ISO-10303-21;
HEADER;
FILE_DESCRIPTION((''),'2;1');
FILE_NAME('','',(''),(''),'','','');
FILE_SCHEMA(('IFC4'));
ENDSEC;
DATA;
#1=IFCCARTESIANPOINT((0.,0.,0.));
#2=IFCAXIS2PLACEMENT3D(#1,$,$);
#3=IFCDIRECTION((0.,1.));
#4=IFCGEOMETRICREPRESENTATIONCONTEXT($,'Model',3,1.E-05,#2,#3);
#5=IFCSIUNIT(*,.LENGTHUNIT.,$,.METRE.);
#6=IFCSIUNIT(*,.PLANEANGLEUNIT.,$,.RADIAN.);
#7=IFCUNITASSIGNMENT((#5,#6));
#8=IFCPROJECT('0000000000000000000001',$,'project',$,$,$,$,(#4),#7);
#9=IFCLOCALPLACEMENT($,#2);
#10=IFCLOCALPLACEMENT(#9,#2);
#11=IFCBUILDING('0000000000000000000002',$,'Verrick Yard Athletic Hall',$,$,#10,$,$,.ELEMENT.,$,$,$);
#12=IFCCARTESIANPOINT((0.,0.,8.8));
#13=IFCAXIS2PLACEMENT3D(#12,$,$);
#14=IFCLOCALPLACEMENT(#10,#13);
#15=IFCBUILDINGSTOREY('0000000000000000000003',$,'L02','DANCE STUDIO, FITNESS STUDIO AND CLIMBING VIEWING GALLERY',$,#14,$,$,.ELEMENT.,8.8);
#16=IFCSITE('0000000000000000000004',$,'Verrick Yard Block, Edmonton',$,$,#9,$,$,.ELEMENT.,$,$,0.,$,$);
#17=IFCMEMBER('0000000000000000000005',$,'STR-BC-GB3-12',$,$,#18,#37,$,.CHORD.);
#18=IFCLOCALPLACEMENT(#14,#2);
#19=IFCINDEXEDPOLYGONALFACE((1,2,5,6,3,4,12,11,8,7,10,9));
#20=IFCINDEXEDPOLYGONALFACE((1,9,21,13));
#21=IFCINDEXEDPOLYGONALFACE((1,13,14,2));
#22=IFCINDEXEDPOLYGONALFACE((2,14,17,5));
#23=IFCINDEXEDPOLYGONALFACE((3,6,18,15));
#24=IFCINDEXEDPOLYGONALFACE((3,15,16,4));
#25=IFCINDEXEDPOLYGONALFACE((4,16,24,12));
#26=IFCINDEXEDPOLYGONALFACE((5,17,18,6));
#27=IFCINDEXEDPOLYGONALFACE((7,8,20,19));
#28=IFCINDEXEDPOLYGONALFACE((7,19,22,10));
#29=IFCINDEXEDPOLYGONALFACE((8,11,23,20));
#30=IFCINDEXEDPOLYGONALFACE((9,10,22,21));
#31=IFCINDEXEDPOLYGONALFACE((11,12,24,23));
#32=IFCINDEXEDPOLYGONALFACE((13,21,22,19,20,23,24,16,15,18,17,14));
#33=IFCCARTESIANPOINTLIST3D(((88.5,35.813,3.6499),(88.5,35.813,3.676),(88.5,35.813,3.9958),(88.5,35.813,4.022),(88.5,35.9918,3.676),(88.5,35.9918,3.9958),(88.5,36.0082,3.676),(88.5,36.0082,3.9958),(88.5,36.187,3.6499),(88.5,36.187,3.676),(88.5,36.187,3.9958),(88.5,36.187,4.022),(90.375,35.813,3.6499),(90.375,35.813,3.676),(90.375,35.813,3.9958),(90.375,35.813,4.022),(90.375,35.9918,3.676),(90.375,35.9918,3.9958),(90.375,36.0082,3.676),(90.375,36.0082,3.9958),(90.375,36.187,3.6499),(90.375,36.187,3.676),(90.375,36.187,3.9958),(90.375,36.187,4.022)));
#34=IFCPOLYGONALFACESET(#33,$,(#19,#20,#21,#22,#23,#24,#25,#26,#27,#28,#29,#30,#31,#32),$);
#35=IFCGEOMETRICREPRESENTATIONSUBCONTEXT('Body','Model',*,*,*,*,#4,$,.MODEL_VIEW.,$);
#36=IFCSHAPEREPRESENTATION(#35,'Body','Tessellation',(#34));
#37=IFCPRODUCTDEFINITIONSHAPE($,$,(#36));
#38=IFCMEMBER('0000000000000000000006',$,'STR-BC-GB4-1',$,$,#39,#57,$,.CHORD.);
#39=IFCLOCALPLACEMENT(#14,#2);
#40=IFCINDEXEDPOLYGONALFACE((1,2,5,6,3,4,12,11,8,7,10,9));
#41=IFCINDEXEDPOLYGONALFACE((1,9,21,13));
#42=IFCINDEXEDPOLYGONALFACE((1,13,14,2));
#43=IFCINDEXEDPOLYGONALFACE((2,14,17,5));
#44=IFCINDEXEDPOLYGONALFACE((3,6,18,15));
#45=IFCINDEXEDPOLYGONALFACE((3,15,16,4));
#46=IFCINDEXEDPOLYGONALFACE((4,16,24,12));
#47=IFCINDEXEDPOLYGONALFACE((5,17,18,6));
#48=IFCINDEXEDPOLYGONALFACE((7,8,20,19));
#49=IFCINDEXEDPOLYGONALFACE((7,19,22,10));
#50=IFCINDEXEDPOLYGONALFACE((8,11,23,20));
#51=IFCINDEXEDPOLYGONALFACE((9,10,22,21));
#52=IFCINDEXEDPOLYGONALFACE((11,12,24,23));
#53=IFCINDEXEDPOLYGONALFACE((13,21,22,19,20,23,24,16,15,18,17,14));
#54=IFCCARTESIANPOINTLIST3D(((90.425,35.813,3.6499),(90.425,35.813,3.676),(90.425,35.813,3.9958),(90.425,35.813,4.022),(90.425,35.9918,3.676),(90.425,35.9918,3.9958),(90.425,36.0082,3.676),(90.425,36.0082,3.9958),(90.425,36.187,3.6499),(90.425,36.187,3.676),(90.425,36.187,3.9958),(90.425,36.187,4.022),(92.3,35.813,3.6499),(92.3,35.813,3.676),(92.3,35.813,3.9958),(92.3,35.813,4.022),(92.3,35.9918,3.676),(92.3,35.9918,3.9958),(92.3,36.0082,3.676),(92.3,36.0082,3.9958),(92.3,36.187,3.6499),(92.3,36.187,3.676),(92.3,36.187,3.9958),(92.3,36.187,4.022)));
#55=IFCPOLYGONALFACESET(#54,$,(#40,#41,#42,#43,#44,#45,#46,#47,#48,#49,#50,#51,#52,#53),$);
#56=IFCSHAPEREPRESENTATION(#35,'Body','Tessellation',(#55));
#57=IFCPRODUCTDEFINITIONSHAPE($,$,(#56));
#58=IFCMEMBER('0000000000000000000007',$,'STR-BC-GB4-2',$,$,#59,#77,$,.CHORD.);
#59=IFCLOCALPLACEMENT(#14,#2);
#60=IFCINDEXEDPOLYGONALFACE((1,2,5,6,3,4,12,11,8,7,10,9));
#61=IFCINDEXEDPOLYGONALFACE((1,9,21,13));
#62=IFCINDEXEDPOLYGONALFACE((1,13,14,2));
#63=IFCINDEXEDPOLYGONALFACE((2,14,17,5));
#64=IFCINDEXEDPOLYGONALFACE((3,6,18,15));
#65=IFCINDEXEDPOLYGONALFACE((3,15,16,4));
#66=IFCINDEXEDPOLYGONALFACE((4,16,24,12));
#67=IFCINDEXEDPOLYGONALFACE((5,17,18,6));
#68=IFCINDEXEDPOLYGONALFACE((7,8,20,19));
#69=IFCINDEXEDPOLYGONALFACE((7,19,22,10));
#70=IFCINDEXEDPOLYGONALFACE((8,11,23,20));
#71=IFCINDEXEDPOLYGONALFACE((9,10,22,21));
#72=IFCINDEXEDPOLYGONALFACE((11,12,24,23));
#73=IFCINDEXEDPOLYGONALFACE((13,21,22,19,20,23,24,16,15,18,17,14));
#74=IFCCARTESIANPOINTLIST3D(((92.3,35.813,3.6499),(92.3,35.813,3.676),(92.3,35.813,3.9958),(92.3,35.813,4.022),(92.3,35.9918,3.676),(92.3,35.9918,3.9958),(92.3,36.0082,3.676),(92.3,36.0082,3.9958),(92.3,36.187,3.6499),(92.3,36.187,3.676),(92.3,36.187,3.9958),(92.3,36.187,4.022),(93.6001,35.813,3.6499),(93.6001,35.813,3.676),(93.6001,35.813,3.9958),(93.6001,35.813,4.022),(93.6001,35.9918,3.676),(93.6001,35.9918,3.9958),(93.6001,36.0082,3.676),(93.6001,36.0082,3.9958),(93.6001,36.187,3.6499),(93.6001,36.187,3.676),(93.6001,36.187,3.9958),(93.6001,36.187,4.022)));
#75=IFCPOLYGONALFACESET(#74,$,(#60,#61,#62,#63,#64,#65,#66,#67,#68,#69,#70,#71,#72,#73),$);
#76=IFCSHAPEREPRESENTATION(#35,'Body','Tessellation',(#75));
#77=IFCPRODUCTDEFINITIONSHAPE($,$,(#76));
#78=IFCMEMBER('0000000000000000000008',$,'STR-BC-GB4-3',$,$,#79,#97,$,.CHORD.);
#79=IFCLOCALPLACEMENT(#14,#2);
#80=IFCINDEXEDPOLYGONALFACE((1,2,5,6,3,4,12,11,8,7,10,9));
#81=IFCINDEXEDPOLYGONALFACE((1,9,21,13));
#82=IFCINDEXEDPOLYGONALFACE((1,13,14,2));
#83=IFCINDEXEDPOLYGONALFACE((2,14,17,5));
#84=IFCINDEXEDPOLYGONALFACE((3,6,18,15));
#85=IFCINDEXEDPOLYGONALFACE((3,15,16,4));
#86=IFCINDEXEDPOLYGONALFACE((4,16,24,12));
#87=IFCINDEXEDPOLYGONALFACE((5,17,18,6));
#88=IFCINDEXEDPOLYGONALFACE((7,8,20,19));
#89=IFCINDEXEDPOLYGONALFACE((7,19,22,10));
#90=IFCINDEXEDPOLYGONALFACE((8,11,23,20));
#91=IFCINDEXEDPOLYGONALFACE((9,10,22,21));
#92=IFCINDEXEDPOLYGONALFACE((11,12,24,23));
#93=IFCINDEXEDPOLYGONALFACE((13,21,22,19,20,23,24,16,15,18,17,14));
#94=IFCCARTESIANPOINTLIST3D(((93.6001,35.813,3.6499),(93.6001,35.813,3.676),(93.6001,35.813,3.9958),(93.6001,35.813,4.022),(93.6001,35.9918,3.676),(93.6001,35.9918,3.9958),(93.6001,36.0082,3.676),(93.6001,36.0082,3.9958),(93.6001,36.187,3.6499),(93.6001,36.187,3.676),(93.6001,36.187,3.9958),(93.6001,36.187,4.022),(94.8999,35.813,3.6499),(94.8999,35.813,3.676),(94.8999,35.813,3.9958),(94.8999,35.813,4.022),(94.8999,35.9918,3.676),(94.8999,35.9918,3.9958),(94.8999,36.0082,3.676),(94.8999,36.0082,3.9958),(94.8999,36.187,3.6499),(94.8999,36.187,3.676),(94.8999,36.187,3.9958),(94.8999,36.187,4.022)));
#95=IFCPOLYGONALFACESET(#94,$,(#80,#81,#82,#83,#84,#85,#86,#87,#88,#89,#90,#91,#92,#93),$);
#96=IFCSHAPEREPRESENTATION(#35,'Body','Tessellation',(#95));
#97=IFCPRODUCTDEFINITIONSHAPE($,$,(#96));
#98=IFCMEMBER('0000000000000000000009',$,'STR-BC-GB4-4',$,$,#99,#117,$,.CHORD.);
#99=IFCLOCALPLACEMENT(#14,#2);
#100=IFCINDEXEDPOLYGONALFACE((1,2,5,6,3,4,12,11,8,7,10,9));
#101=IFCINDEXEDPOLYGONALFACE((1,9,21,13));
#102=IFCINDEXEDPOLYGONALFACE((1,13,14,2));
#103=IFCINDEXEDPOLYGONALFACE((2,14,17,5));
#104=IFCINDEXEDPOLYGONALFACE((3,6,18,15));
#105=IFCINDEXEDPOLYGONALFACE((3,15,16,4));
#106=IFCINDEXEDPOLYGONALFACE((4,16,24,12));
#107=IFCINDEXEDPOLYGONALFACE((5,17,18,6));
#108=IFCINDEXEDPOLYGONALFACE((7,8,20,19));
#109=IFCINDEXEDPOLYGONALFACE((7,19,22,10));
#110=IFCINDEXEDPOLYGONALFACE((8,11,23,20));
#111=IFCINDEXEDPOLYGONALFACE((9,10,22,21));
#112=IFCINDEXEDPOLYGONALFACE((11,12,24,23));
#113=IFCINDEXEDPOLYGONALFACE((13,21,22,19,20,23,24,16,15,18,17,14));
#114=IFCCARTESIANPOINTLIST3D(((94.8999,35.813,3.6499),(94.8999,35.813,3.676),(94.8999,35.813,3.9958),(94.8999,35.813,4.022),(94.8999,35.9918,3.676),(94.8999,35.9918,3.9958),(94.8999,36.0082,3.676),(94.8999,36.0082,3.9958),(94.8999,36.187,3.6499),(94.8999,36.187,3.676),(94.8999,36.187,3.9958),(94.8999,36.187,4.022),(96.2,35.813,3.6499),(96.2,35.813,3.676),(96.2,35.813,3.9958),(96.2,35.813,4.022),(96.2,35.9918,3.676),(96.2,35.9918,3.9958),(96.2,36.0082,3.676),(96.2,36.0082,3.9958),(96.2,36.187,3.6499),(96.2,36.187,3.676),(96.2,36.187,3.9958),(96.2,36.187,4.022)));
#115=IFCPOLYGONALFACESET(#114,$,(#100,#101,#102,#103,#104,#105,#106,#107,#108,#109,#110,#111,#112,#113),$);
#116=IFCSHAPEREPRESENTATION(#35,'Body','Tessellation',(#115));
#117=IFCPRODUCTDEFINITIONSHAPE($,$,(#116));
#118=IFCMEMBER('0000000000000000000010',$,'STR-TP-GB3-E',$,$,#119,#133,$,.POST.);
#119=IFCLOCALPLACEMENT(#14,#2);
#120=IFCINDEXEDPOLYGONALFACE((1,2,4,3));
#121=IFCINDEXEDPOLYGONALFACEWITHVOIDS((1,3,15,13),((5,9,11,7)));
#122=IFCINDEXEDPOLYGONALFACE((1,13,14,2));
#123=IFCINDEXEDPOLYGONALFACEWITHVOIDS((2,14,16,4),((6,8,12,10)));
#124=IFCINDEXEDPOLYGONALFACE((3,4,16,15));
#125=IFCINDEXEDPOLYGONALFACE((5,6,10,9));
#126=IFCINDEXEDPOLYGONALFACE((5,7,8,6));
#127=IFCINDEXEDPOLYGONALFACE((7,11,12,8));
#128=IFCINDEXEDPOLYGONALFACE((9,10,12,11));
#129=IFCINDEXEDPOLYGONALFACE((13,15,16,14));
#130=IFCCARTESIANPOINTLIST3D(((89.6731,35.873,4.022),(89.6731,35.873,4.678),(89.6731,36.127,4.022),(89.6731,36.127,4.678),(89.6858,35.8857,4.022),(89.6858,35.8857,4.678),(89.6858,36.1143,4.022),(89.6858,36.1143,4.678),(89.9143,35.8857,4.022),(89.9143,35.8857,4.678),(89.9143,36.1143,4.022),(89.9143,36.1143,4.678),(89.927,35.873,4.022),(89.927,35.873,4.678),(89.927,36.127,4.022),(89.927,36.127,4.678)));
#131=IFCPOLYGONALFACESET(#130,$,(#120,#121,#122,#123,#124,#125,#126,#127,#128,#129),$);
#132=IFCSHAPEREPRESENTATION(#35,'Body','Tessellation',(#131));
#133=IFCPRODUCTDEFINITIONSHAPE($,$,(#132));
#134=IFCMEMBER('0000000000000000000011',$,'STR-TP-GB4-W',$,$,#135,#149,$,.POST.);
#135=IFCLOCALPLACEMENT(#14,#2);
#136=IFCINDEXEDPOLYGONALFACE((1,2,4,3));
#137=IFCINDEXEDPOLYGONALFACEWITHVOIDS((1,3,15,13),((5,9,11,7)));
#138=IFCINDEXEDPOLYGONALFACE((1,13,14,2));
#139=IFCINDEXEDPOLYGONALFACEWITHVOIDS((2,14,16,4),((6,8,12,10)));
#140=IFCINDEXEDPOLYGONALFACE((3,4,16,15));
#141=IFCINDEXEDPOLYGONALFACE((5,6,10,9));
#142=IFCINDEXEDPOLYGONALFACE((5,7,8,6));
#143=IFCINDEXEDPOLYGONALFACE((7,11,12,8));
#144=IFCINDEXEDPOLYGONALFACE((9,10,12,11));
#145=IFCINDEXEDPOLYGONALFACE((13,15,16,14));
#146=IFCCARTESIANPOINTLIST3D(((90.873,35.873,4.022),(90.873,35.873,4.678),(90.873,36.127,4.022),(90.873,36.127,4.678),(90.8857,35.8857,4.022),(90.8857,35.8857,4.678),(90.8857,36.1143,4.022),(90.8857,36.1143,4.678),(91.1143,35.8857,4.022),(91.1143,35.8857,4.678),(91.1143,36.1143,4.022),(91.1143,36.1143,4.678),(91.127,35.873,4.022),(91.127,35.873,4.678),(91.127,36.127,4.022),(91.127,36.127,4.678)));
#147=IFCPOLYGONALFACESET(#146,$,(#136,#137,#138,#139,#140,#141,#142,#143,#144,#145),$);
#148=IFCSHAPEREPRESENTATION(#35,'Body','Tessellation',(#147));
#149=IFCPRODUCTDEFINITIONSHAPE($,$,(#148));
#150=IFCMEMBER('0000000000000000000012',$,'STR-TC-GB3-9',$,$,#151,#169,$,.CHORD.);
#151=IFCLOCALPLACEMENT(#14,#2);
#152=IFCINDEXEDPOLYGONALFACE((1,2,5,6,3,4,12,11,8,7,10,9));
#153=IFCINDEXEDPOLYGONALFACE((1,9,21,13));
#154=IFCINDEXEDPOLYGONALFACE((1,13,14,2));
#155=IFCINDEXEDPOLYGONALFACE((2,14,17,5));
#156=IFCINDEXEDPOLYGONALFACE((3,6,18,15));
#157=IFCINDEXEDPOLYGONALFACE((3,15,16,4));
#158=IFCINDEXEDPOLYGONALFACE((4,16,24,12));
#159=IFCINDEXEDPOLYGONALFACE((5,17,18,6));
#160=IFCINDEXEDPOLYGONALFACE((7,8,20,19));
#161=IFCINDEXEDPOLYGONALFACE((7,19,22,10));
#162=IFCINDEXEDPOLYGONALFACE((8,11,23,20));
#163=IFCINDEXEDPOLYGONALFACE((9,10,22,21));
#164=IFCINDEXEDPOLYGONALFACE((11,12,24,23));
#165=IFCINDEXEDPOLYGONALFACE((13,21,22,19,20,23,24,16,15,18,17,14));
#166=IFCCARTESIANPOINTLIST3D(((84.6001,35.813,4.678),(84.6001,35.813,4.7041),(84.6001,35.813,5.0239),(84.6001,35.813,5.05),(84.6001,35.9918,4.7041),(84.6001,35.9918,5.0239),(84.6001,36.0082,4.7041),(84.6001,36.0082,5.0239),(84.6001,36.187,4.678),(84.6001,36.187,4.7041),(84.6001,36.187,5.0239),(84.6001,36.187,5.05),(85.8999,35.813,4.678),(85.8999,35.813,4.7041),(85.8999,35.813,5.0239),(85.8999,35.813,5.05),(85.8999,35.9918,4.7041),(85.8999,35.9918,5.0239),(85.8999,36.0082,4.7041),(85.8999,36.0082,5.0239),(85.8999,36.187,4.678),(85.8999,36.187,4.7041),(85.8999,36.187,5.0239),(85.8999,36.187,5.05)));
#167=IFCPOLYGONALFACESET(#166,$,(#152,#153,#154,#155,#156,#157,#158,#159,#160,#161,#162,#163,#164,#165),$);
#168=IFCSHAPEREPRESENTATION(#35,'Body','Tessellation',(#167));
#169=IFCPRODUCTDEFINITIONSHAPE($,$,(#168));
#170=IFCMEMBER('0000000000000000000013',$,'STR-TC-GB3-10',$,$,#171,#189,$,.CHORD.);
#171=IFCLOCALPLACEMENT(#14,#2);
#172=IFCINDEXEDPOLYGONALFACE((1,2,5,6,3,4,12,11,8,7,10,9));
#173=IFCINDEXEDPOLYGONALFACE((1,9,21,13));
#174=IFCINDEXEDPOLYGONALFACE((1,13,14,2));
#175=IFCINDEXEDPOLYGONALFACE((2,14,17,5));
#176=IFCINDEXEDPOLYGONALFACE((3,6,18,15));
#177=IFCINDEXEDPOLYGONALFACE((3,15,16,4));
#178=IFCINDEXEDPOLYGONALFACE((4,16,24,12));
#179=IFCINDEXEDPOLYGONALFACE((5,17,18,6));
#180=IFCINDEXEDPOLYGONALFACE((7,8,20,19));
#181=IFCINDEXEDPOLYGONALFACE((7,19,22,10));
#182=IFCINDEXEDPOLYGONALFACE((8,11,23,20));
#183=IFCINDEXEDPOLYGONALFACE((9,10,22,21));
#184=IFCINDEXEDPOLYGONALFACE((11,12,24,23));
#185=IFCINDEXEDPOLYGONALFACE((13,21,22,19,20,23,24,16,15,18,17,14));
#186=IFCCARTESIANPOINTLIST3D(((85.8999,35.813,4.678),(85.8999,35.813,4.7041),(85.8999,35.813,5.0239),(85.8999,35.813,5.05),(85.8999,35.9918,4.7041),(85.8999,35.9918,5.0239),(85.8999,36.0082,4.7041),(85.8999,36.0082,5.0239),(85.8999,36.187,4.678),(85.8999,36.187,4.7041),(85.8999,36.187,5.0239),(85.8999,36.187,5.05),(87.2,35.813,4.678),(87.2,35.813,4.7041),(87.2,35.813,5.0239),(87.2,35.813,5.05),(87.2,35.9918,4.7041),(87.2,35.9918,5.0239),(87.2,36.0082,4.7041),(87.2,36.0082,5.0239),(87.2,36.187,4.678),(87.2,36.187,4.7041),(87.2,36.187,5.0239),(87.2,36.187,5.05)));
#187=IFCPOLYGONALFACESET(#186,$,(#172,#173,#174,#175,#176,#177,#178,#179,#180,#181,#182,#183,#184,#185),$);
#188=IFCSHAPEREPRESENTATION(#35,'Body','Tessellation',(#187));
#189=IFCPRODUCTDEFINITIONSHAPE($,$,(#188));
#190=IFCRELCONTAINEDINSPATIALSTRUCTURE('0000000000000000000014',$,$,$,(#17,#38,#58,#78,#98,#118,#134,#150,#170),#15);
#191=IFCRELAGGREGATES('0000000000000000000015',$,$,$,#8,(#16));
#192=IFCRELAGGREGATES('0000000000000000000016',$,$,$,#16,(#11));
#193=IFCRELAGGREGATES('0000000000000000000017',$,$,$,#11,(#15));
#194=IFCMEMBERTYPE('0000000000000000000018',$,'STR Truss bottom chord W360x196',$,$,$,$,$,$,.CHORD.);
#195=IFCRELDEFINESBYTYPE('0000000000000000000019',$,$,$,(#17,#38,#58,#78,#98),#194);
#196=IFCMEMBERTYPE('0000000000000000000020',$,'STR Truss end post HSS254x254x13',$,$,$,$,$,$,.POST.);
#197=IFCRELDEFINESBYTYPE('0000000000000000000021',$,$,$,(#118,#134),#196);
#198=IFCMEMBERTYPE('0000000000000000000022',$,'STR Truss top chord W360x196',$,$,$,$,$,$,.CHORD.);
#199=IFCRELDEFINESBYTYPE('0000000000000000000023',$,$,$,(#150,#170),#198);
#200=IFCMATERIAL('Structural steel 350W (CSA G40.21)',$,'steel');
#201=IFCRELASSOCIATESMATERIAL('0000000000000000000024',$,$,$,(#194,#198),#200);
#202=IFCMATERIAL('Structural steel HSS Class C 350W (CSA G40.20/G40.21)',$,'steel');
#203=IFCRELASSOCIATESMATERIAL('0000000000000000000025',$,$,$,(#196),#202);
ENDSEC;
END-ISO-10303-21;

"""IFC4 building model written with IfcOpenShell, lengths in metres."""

from ifc_helpers import new_model, si_unit, direction, frame, origin, origin_2d, place, context, subcontext, project, spatial, hollow_rectangle, i_section, extrude, material, material_profile, profile_set, type_object, element, save


model = new_model("IFC4")

# Units and contexts
model_context = context("Model", 3, precision=1e-05, world=origin(), true_north=direction((0.0, 1.0)))
body_context = subcontext(model_context, "Body", "Model", "MODEL_VIEW")
ifc_project = project(units=[si_unit("LENGTHUNIT", "METRE"), si_unit("PLANEANGLEUNIT", "RADIAN")], contexts=[model_context])

# Site, building, storey
site_placement = place(None, origin())
site = spatial("IfcSite", under=ifc_project, at=site_placement, Name="Verrick Yard Block, Edmonton", CompositionType="ELEMENT", RefElevation=0.0)
building_placement = place(site_placement, origin())
building = spatial("IfcBuilding", under=site, at=building_placement, Name="Verrick Yard Athletic Hall", CompositionType="ELEMENT")
storey_placement = place(building_placement, frame((0.0, 0.0, 8.8)))
storey = spatial("IfcBuildingStorey", under=building, at=storey_placement, Name="L02", Description="DANCE STUDIO, FITNESS STUDIO AND CLIMBING VIEWING GALLERY", CompositionType="ELEMENT", Elevation=8.8)

# Shared definitions
ifc_material_1 = material(Name="Structural steel 350W (CSA G40.21)", Category="steel")

# Members
ifc_material_profile_1 = material_profile(ifc_material_1, i_section(OverallWidth=0.374, OverallDepth=0.3721, WebThickness=0.0164, FlangeThickness=0.0261, at=origin_2d()), Name="W360x196")
ifc_profile_set_1 = profile_set([ifc_material_profile_1], Name="Structural steel 350W (CSA G40.21)")
member_type_1 = type_object("IfcMemberType", Name="STR Truss bottom chord W360x196", PredefinedType="CHORD", material=ifc_profile_set_1)
for number, where, z_axis, x_axis, name in (
    (1, (88.5, 36.0, 3.8359), (1.0, 0.0, 0.0), (0.0, 1.0, 0.0), "STR-BC-GB3-12"),
    (2, (90.425, 36.0, 3.8359), (1.0, 0.0, 0.0), (0.0, 1.0, 0.0), "STR-BC-GB4-1"),
):
    element("IfcMember", number, at=place(storey_placement, frame(where, z_axis=z_axis, x_axis=x_axis)), inside=storey, type_object=member_type_1, Name=name, PredefinedType="CHORD", context=body_context, shape_type="SweptSolid", body=[
        extrude(i_section(OverallWidth=0.374, OverallDepth=0.3721, WebThickness=0.0164, FlangeThickness=0.0261, at=origin_2d()), origin(), (0.0, 0.0, 1.0), 1.875),
    ])
member_1_placement = place(storey_placement, frame((92.3, 36.0, 3.8359), z_axis=(1.0, 0.0, 0.0), x_axis=(0.0, 1.0, 0.0)))
element("IfcMember", 3, at=member_1_placement, inside=storey, type_object=member_type_1, Name="STR-BC-GB4-2", PredefinedType="CHORD", context=body_context, shape_type="SweptSolid", body=[
    extrude(i_section(OverallWidth=0.374, OverallDepth=0.3721, WebThickness=0.0164, FlangeThickness=0.0261, at=origin_2d()), origin(), (0.0, 0.0, 1.0), 1.3),
])
member_2_placement = place(storey_placement, frame((93.6001, 36.0, 3.8359), z_axis=(1.0, 0.0, 0.0), x_axis=(0.0, 1.0, 0.0)))
element("IfcMember", 4, at=member_2_placement, inside=storey, type_object=member_type_1, Name="STR-BC-GB4-3", PredefinedType="CHORD", context=body_context, shape_type="SweptSolid", body=[
    extrude(i_section(OverallWidth=0.374, OverallDepth=0.3721, WebThickness=0.0164, FlangeThickness=0.0261, at=origin_2d()), origin(), (0.0, 0.0, 1.0), 1.2998),
])
member_3_placement = place(storey_placement, frame((94.8999, 36.0, 3.8359), z_axis=(1.0, 0.0, 0.0), x_axis=(0.0, 1.0, 0.0)))
element("IfcMember", 5, at=member_3_placement, inside=storey, type_object=member_type_1, Name="STR-BC-GB4-4", PredefinedType="CHORD", context=body_context, shape_type="SweptSolid", body=[
    extrude(i_section(OverallWidth=0.374, OverallDepth=0.3721, WebThickness=0.0164, FlangeThickness=0.0261, at=origin_2d()), origin(), (0.0, 0.0, 1.0), 1.3),
])
ifc_material_2 = material(Name="Structural steel HSS Class C 350W (CSA G40.20/G40.21)", Category="steel")
ifc_material_profile_2 = material_profile(ifc_material_2, hollow_rectangle(XDim=0.2539, YDim=0.2539, WallThickness=0.0127, at=origin_2d()), Name="HSS254x254x13")
ifc_profile_set_2 = profile_set([ifc_material_profile_2], Name="Structural steel HSS Class C 350W (CSA G40.20/G40.21)")
member_type_2 = type_object("IfcMemberType", Name="STR Truss end post HSS254x254x13", PredefinedType="POST", material=ifc_profile_set_2)
for number, where, z_axis, x_axis, name in (
    (6, (89.8, 36.0, 4.022), (0.0, 0.0, 1.0), (1.0, 0.0, 0.0), "STR-TP-GB3-E"),
    (7, (91.0, 36.0, 4.022), (0.0, 0.0, 1.0), (1.0, 0.0, 0.0), "STR-TP-GB4-W"),
):
    element("IfcMember", number, at=place(storey_placement, frame(where, z_axis=z_axis, x_axis=x_axis)), inside=storey, type_object=member_type_2, Name=name, PredefinedType="POST", context=body_context, shape_type="SweptSolid", body=[
        extrude(hollow_rectangle(XDim=0.2539, YDim=0.2539, WallThickness=0.0127, at=origin_2d()), origin(), (0.0, 0.0, 1.0), 0.656),
    ])
ifc_material_profile_3 = material_profile(ifc_material_1, i_section(OverallWidth=0.374, OverallDepth=0.3721, WebThickness=0.0164, FlangeThickness=0.0261, at=origin_2d()), Name="W360x196")
ifc_profile_set_3 = profile_set([ifc_material_profile_3], Name="Structural steel 350W (CSA G40.21)")
member_type_3 = type_object("IfcMemberType", Name="STR Truss top chord W360x196", PredefinedType="CHORD", material=ifc_profile_set_3)
member_4_placement = place(storey_placement, frame((84.6001, 36.0, 4.864), z_axis=(1.0, 0.0, 0.0), x_axis=(0.0, 1.0, 0.0)))
element("IfcMember", 8, at=member_4_placement, inside=storey, type_object=member_type_3, Name="STR-TC-GB3-9", PredefinedType="CHORD", context=body_context, shape_type="SweptSolid", body=[
    extrude(i_section(OverallWidth=0.374, OverallDepth=0.3721, WebThickness=0.0164, FlangeThickness=0.0261, at=origin_2d()), origin(), (0.0, 0.0, 1.0), 1.2998),
])
for number, where, z_axis, x_axis, name in (
    (9, (85.8999, 36.0, 4.864), (1.0, 0.0, 0.0), (0.0, 1.0, 0.0), "STR-TC-GB3-10"),
):
    element("IfcMember", number, at=place(storey_placement, frame(where, z_axis=z_axis, x_axis=x_axis)), inside=storey, type_object=member_type_3, Name=name, PredefinedType="CHORD", context=body_context, shape_type="SweptSolid", body=[
        extrude(i_section(OverallWidth=0.374, OverallDepth=0.3721, WebThickness=0.0164, FlangeThickness=0.0261, at=origin_2d()), origin(), (0.0, 0.0, 1.0), 1.3),
    ])

save(model, "model.ifc")
